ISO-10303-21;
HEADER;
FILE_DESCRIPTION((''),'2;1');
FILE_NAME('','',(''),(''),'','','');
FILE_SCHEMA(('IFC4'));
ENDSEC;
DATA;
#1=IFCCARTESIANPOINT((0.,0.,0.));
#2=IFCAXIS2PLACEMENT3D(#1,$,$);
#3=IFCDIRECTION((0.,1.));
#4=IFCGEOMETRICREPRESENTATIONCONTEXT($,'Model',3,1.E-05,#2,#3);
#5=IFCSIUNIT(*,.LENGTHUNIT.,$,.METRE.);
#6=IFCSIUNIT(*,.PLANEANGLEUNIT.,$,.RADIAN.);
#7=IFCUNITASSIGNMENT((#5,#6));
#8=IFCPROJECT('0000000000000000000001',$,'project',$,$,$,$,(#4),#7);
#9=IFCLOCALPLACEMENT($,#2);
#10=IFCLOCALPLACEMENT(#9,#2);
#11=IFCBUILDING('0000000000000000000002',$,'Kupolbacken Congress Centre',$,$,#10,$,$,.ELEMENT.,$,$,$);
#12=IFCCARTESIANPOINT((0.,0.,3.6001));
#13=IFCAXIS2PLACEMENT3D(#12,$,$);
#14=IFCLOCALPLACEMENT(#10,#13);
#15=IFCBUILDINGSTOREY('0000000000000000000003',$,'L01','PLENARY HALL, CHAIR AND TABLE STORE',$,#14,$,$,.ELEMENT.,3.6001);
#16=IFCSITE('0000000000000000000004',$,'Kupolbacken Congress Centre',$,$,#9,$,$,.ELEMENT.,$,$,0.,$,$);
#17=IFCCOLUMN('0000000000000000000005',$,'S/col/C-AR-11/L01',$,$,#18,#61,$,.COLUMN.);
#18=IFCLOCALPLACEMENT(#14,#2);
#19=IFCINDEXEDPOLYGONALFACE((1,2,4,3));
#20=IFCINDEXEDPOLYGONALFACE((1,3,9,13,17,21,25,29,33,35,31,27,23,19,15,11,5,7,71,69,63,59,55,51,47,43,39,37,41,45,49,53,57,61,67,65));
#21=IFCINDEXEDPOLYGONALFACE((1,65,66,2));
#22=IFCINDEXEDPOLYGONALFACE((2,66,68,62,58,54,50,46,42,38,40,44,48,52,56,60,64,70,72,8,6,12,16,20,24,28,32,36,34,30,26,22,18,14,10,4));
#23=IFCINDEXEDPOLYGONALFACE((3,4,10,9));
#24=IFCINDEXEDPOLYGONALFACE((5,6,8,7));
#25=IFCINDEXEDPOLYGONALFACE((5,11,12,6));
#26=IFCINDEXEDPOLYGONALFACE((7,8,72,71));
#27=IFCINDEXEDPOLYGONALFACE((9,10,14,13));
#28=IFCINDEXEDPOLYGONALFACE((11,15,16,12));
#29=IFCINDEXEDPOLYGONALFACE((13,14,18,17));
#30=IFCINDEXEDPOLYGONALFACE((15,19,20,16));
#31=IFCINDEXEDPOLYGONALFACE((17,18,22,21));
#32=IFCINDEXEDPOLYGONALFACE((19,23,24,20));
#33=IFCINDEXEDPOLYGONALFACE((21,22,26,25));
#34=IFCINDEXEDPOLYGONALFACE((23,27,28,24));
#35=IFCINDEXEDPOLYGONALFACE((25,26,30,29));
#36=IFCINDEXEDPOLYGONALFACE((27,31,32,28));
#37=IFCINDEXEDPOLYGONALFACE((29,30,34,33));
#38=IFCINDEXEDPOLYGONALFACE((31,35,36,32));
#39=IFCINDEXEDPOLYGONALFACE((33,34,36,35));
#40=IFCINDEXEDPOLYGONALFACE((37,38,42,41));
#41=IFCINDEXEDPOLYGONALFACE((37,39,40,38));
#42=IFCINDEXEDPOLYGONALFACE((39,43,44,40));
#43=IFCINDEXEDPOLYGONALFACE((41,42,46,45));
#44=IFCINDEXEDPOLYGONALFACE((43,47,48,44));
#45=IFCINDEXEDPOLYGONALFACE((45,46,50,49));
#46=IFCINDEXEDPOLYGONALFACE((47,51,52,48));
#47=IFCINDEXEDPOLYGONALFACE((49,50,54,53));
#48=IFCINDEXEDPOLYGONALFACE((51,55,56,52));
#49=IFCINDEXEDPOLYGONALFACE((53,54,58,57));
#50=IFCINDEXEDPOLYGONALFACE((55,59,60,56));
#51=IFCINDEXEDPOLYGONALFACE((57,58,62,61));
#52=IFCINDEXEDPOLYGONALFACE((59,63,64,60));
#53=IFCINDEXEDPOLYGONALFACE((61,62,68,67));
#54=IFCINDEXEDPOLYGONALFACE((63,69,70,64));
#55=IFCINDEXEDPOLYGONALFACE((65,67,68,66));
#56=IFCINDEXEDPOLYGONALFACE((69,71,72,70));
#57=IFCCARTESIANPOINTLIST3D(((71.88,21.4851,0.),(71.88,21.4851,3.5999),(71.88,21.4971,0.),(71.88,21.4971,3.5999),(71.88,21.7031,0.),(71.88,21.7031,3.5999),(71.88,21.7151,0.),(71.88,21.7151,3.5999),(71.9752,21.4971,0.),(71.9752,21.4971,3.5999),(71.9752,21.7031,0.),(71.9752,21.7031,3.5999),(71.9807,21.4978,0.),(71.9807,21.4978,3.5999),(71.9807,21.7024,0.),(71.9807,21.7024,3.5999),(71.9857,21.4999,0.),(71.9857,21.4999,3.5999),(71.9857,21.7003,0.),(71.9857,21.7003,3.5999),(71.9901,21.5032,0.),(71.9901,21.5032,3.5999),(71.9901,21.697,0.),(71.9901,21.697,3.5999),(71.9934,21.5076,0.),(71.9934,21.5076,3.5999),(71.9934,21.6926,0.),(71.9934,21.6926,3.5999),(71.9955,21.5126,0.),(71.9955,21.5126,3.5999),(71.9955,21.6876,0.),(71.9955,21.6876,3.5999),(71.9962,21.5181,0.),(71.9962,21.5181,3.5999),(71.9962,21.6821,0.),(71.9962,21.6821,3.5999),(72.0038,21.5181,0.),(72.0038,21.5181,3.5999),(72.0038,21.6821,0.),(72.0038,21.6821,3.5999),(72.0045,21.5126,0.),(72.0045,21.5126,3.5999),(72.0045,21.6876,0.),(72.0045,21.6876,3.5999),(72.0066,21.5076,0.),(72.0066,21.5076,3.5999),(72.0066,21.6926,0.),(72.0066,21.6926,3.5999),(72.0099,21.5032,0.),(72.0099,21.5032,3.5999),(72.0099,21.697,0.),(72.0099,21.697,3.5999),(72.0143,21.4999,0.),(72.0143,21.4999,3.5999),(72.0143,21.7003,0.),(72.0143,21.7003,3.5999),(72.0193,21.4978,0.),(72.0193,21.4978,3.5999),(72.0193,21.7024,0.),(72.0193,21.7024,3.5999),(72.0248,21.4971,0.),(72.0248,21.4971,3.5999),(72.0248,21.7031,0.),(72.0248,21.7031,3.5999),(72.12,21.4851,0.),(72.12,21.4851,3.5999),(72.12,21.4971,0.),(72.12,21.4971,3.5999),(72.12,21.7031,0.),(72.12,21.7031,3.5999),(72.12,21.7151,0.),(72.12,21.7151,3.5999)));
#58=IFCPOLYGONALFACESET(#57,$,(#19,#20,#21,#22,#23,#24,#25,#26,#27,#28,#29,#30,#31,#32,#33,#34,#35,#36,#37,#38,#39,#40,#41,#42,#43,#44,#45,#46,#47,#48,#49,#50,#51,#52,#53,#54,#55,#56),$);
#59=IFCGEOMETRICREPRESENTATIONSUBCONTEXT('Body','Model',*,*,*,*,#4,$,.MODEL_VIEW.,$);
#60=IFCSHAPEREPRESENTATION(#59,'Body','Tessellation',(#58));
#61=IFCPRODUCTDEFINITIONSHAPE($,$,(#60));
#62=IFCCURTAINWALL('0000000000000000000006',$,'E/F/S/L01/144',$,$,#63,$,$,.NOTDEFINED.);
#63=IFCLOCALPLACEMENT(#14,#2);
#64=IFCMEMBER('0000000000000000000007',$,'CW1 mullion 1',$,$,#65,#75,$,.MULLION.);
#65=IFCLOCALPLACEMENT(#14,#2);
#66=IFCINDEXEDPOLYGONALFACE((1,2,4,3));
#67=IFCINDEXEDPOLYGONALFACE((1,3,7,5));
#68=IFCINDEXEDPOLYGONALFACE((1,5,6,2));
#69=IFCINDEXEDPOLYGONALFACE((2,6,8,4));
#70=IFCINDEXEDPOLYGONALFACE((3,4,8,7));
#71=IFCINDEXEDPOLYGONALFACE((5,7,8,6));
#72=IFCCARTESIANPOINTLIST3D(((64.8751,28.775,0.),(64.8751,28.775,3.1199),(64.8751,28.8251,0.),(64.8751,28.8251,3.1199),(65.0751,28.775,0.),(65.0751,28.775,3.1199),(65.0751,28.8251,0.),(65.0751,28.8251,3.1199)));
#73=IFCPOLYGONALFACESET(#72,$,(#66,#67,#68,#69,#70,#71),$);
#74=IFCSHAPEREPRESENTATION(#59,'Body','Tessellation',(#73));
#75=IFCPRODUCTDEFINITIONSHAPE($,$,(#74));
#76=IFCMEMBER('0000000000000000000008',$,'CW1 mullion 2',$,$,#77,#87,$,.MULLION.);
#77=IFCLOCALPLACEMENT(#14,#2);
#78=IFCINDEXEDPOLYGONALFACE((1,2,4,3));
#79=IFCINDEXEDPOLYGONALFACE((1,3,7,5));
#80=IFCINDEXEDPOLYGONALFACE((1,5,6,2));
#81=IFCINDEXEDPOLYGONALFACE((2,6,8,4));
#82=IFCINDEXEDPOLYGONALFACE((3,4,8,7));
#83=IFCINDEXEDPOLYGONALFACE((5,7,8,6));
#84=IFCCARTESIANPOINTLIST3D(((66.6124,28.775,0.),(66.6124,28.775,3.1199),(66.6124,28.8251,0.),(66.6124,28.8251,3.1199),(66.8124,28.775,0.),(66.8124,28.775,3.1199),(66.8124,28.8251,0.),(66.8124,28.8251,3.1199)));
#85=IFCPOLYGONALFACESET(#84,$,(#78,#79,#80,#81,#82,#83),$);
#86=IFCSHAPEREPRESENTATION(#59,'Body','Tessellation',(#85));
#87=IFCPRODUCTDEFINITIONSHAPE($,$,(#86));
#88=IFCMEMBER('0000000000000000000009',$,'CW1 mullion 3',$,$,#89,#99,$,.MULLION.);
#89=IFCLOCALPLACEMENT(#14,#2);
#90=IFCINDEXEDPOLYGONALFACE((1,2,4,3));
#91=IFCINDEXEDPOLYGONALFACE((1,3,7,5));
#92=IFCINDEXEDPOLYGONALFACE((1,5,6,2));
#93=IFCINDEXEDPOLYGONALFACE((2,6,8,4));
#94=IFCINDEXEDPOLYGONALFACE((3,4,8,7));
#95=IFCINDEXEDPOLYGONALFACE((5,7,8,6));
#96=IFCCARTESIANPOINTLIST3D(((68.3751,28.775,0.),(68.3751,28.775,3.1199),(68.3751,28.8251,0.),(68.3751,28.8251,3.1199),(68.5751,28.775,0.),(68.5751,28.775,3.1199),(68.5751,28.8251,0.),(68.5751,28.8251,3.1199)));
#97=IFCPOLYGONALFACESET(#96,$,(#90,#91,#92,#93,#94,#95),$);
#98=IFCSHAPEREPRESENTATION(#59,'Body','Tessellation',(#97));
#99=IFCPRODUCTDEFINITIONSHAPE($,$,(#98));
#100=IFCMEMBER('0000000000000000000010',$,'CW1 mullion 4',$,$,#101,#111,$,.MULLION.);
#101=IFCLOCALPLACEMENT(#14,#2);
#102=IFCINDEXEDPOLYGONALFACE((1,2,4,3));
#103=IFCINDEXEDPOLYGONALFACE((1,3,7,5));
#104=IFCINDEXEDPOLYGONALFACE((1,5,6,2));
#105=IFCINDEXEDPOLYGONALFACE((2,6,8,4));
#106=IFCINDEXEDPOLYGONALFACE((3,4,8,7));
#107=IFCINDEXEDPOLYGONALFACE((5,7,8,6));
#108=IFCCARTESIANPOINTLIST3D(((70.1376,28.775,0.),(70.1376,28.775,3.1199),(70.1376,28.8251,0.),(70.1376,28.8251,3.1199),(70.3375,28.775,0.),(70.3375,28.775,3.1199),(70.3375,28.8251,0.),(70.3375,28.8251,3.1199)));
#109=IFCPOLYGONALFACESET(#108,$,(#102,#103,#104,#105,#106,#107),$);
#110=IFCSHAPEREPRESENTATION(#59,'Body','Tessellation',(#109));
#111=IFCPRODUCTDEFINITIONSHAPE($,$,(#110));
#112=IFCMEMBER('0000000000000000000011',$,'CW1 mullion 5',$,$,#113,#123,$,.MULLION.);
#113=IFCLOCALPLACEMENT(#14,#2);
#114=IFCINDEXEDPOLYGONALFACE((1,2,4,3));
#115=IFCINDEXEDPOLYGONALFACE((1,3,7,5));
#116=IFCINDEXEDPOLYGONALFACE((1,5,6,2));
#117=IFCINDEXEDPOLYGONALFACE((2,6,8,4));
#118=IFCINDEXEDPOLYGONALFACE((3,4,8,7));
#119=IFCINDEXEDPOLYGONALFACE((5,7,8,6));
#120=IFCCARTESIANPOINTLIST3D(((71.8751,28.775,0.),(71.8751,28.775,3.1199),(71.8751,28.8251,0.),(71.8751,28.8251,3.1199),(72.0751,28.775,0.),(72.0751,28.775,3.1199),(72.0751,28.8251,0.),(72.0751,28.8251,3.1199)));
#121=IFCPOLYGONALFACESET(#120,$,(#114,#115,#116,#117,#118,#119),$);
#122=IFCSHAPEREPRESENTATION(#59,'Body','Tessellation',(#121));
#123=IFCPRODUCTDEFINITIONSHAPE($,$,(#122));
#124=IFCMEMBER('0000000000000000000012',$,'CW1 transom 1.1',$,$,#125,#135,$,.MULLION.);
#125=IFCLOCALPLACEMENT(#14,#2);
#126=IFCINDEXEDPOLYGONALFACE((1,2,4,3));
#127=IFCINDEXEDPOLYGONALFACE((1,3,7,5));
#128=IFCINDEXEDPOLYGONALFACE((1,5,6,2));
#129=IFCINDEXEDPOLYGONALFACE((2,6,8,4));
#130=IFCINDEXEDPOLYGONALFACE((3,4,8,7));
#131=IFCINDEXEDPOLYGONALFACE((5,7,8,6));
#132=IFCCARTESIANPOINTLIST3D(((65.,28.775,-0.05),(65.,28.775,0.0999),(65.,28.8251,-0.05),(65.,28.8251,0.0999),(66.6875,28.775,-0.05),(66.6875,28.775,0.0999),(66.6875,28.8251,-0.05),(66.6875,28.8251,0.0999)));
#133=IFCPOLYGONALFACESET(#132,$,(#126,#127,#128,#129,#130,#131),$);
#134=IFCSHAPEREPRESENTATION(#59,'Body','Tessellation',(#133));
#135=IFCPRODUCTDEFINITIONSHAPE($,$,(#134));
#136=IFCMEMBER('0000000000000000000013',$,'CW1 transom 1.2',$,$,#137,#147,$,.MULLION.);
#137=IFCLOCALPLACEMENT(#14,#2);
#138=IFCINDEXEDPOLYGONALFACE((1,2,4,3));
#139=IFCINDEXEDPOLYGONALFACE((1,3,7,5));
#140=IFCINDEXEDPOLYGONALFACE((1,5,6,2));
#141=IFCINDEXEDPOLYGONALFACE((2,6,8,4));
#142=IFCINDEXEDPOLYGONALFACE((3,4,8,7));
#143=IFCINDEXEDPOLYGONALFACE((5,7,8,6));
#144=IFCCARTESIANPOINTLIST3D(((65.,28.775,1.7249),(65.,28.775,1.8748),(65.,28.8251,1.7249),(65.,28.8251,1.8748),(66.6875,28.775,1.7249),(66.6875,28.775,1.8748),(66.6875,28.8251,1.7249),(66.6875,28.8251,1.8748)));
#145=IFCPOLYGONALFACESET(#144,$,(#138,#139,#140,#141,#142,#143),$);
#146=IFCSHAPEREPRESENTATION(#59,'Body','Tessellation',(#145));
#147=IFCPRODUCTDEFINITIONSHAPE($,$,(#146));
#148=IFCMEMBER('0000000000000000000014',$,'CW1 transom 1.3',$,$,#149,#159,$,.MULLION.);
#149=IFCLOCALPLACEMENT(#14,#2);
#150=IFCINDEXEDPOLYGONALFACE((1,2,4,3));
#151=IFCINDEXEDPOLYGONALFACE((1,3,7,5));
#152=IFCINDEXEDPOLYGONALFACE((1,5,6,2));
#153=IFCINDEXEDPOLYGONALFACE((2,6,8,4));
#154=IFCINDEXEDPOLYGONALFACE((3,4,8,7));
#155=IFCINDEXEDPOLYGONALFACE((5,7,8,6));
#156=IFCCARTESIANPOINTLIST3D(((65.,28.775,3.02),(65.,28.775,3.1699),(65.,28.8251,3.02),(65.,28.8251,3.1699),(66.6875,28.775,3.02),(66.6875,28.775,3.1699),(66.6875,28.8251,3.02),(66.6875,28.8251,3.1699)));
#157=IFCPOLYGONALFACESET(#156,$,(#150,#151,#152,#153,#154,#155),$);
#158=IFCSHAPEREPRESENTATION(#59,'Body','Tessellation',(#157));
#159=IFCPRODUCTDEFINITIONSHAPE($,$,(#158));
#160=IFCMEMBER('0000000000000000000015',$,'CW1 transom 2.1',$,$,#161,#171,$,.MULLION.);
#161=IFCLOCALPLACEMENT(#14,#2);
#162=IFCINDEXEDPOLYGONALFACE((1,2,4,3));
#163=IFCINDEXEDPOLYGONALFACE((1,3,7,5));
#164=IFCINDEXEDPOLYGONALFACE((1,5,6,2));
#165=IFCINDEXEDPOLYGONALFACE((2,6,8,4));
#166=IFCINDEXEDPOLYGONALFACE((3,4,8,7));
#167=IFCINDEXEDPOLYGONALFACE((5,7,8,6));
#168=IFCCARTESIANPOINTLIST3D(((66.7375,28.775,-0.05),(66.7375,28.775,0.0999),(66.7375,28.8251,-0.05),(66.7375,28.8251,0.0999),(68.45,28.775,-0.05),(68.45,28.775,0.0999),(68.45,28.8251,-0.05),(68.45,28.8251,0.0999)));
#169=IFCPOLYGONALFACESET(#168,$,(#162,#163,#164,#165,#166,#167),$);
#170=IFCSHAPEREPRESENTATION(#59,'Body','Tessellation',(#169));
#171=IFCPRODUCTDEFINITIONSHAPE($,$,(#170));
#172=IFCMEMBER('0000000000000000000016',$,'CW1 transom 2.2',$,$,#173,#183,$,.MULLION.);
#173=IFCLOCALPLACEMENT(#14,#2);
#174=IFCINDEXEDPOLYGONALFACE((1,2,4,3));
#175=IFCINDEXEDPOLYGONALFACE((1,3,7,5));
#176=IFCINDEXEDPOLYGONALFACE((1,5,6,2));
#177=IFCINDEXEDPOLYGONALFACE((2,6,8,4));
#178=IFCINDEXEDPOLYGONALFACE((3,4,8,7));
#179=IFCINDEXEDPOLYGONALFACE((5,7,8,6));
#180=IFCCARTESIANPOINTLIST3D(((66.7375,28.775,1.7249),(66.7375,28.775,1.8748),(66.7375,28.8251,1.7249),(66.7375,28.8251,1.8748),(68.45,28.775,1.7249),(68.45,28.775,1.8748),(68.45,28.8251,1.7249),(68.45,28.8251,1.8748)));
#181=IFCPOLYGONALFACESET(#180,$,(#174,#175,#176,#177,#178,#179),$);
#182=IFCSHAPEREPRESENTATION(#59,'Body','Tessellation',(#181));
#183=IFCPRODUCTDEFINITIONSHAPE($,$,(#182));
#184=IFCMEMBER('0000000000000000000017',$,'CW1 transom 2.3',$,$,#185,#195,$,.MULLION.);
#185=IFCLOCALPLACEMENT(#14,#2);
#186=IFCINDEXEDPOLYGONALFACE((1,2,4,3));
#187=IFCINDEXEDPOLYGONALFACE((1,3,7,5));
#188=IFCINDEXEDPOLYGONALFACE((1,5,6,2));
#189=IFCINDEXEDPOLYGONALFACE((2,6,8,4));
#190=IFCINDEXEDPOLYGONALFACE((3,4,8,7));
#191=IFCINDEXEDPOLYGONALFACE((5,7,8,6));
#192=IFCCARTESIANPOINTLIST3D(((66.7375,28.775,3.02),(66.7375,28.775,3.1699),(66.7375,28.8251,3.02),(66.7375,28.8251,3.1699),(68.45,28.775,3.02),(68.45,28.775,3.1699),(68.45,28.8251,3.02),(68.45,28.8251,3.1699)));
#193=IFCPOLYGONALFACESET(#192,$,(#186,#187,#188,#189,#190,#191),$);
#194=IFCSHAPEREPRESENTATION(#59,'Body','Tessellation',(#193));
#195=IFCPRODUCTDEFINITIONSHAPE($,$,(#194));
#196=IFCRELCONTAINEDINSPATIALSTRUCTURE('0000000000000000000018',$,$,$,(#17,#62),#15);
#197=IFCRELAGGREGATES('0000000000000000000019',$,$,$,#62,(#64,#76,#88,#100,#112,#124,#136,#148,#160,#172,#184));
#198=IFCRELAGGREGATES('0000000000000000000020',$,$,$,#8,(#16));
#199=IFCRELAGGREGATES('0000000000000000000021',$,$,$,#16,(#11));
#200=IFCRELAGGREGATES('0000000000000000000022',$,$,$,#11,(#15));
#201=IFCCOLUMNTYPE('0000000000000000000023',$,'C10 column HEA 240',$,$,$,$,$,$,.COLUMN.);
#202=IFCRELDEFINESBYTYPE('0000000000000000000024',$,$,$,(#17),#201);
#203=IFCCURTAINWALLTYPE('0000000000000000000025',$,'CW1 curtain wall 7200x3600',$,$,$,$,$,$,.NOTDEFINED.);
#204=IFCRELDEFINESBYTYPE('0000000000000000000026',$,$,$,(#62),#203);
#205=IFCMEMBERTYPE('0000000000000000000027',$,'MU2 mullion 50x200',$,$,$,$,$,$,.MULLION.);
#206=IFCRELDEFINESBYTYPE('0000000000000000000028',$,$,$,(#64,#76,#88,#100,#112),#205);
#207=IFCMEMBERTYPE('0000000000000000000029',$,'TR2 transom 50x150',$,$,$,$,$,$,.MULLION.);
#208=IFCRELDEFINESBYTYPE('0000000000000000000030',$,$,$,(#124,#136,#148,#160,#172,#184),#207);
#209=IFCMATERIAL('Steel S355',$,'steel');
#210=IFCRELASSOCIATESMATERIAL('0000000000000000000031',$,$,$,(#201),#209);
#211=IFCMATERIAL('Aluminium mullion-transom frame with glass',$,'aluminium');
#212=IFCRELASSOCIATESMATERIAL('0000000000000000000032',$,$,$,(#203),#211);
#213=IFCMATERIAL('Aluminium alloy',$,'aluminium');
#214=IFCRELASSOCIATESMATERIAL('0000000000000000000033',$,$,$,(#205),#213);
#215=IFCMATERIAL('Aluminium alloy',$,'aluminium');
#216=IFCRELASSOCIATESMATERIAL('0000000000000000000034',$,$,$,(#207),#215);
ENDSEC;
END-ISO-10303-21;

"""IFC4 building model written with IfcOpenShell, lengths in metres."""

from ifc_helpers import new_model, si_unit, direction, frame, origin, origin_2d, place, context, subcontext, project, spatial, rectangle, i_section, extrude, material, material_profile, profile_set, type_object, element, aggregate, save


model = new_model("IFC4")

# Units and contexts
model_context = context("Model", 3, precision=1e-05, world=origin(), true_north=direction((0.0, 1.0)))
body_context = subcontext(model_context, "Body", "Model", "MODEL_VIEW")
ifc_project = project(units=[si_unit("LENGTHUNIT", "METRE"), si_unit("PLANEANGLEUNIT", "RADIAN")], contexts=[model_context])

# Site, building, storey
site_placement = place(None, origin())
site = spatial("IfcSite", under=ifc_project, at=site_placement, Name="Kupolbacken Congress Centre", CompositionType="ELEMENT", RefElevation=0.0)
building_placement = place(site_placement, origin())
building = spatial("IfcBuilding", under=site, at=building_placement, Name="Kupolbacken Congress Centre", CompositionType="ELEMENT")
storey_placement = place(building_placement, frame((0.0, 0.0, 3.6001)))
storey = spatial("IfcBuildingStorey", under=building, at=storey_placement, Name="L01", Description="PLENARY HALL, CHAIR AND TABLE STORE", CompositionType="ELEMENT", Elevation=3.6001)

# Column
ifc_material_1 = material(Name="Steel S355", Category="steel")
ifc_material_profile_1 = material_profile(ifc_material_1, i_section(OverallWidth=0.24, OverallDepth=0.23, WebThickness=0.0076, FlangeThickness=0.012, FilletRadius=0.021, at=origin_2d()), Name="HEA 240")
ifc_profile_set_1 = profile_set([ifc_material_profile_1], Name="Steel S355")
column_type = type_object("IfcColumnType", Name="C10 column HEA 240", PredefinedType="COLUMN", material=ifc_profile_set_1)
column_placement = place(storey_placement, frame((72.0, 21.6001, 0.0), z_axis=(0.0, 0.0, 1.0), x_axis=(1.0, 0.0, 0.0)))
element("IfcColumn", 1, at=column_placement, inside=storey, type_object=column_type, Name="S/col/C-AR-11/L01", PredefinedType="COLUMN", context=body_context, shape_type="SweptSolid", body=[
    extrude(i_section(OverallWidth=0.24, OverallDepth=0.23, WebThickness=0.0076, FlangeThickness=0.012, FilletRadius=0.021, at=origin_2d()), origin(), (0.0, 0.0, 1.0), 3.5999),
])

# Curtain wall, members
ifc_material_2 = material(Name="Aluminium mullion-transom frame with glass", Category="aluminium")
curtain_wall_type = type_object("IfcCurtainWallType", Name="CW1 curtain wall 7200x3600", PredefinedType="NOTDEFINED", material=ifc_material_2)
curtain_wall_placement = place(storey_placement, origin())
curtain_wall = element("IfcCurtainWall", 2, at=curtain_wall_placement, inside=storey, type_object=curtain_wall_type, Name="E/F/S/L01/144", PredefinedType="NOTDEFINED")
ifc_material_3 = material(Name="Aluminium alloy", Category="aluminium")
ifc_material_profile_2 = material_profile(ifc_material_3, rectangle(XDim=0.05, YDim=0.2, at=origin_2d()), Name="50 x 200")
ifc_profile_set_2 = profile_set([ifc_material_profile_2], Name="Aluminium alloy")
member_type_1 = type_object("IfcMemberType", Name="MU2 mullion 50x200", PredefinedType="MULLION", material=ifc_profile_set_2)
member_1_placement = place(storey_placement, frame((64.9751, 28.8, 0.0), z_axis=(0.0, 0.0, 1.0), x_axis=(0.0, 1.0, 0.0)))
member_1 = element("IfcMember", 3, at=member_1_placement, type_object=member_type_1, Name="CW1 mullion 1", PredefinedType="MULLION", context=body_context, shape_type="SweptSolid", body=[
    extrude(rectangle(XDim=0.05, YDim=0.2, at=origin_2d()), origin(), (0.0, 0.0, 1.0), 3.1199),
])
member_2_placement = place(storey_placement, frame((66.7124, 28.8, 0.0), z_axis=(0.0, 0.0, 1.0), x_axis=(0.0, 1.0, 0.0)))
member_2 = element("IfcMember", 4, at=member_2_placement, type_object=member_type_1, Name="CW1 mullion 2", PredefinedType="MULLION", context=body_context, shape_type="SweptSolid", body=[
    extrude(rectangle(XDim=0.05, YDim=0.2, at=origin_2d()), origin(), (0.0, 0.0, 1.0), 3.1199),
])
member_3_placement = place(storey_placement, frame((68.4751, 28.8, 0.0), z_axis=(0.0, 0.0, 1.0), x_axis=(0.0, 1.0, 0.0)))
member_3 = element("IfcMember", 5, at=member_3_placement, type_object=member_type_1, Name="CW1 mullion 3", PredefinedType="MULLION", context=body_context, shape_type="SweptSolid", body=[
    extrude(rectangle(XDim=0.05, YDim=0.2, at=origin_2d()), origin(), (0.0, 0.0, 1.0), 3.1199),
])
member_4_placement = place(storey_placement, frame((70.2375, 28.8, 0.0), z_axis=(0.0, 0.0, 1.0), x_axis=(0.0, 1.0, 0.0)))
member_4 = element("IfcMember", 6, at=member_4_placement, type_object=member_type_1, Name="CW1 mullion 4", PredefinedType="MULLION", context=body_context, shape_type="SweptSolid", body=[
    extrude(rectangle(XDim=0.05, YDim=0.2, at=origin_2d()), origin(), (0.0, 0.0, 1.0), 3.1199),
])
member_5_placement = place(storey_placement, frame((71.9751, 28.8, 0.0), z_axis=(0.0, 0.0, 1.0), x_axis=(0.0, 1.0, 0.0)))
member_5 = element("IfcMember", 7, at=member_5_placement, type_object=member_type_1, Name="CW1 mullion 5", PredefinedType="MULLION", context=body_context, shape_type="SweptSolid", body=[
    extrude(rectangle(XDim=0.05, YDim=0.2, at=origin_2d()), origin(), (0.0, 0.0, 1.0), 3.1199),
])
ifc_material_4 = material(Name="Aluminium alloy", Category="aluminium")
ifc_material_profile_3 = material_profile(ifc_material_4, rectangle(XDim=0.05, YDim=0.1499, at=origin_2d()), Name="50 x 150")
ifc_profile_set_3 = profile_set([ifc_material_profile_3], Name="Aluminium alloy")
member_type_2 = type_object("IfcMemberType", Name="TR2 transom 50x150", PredefinedType="MULLION", material=ifc_profile_set_3)
member_6_placement = place(storey_placement, frame((65.0, 28.8, 0.0249), z_axis=(1.0, 0.0, 0.0), x_axis=(0.0, 1.0, 0.0)))
member_6 = element("IfcMember", 8, at=member_6_placement, type_object=member_type_2, Name="CW1 transom 1.1", PredefinedType="MULLION", context=body_context, shape_type="SweptSolid", body=[
    extrude(rectangle(XDim=0.05, YDim=0.1499, at=origin_2d()), origin(), (0.0, 0.0, 1.0), 1.6875),
])
member_7_placement = place(storey_placement, frame((65.0, 28.8, 1.7998), z_axis=(1.0, 0.0, 0.0), x_axis=(0.0, 1.0, 0.0)))
member_7 = element("IfcMember", 9, at=member_7_placement, type_object=member_type_2, Name="CW1 transom 1.2", PredefinedType="MULLION", context=body_context, shape_type="SweptSolid", body=[
    extrude(rectangle(XDim=0.05, YDim=0.1499, at=origin_2d()), origin(), (0.0, 0.0, 1.0), 1.6875),
])
member_8_placement = place(storey_placement, frame((65.0, 28.8, 3.095), z_axis=(1.0, 0.0, 0.0), x_axis=(0.0, 1.0, 0.0)))
member_8 = element("IfcMember", 10, at=member_8_placement, type_object=member_type_2, Name="CW1 transom 1.3", PredefinedType="MULLION", context=body_context, shape_type="SweptSolid", body=[
    extrude(rectangle(XDim=0.05, YDim=0.1499, at=origin_2d()), origin(), (0.0, 0.0, 1.0), 1.6875),
])
member_9_placement = place(storey_placement, frame((66.7375, 28.8, 0.0249), z_axis=(1.0, 0.0, 0.0), x_axis=(0.0, 1.0, 0.0)))
member_9 = element("IfcMember", 11, at=member_9_placement, type_object=member_type_2, Name="CW1 transom 2.1", PredefinedType="MULLION", context=body_context, shape_type="SweptSolid", body=[
    extrude(rectangle(XDim=0.05, YDim=0.1499, at=origin_2d()), origin(), (0.0, 0.0, 1.0), 1.7124),
])
member_10_placement = place(storey_placement, frame((66.7375, 28.8, 1.7998), z_axis=(1.0, 0.0, 0.0), x_axis=(0.0, 1.0, 0.0)))
member_10 = element("IfcMember", 12, at=member_10_placement, type_object=member_type_2, Name="CW1 transom 2.2", PredefinedType="MULLION", context=body_context, shape_type="SweptSolid", body=[
    extrude(rectangle(XDim=0.05, YDim=0.1499, at=origin_2d()), origin(), (0.0, 0.0, 1.0), 1.7124),
])
member_11_placement = place(storey_placement, frame((66.7375, 28.8, 3.095), z_axis=(1.0, 0.0, 0.0), x_axis=(0.0, 1.0, 0.0)))
member_11 = element("IfcMember", 13, at=member_11_placement, type_object=member_type_2, Name="CW1 transom 2.3", PredefinedType="MULLION", context=body_context, shape_type="SweptSolid", body=[
    extrude(rectangle(XDim=0.05, YDim=0.1499, at=origin_2d()), origin(), (0.0, 0.0, 1.0), 1.7124),
])
aggregate(curtain_wall, [member_1, member_2, member_3, member_4, member_5, member_6, member_7, member_8, member_9, member_10, member_11])

save(model, "model.ifc")
